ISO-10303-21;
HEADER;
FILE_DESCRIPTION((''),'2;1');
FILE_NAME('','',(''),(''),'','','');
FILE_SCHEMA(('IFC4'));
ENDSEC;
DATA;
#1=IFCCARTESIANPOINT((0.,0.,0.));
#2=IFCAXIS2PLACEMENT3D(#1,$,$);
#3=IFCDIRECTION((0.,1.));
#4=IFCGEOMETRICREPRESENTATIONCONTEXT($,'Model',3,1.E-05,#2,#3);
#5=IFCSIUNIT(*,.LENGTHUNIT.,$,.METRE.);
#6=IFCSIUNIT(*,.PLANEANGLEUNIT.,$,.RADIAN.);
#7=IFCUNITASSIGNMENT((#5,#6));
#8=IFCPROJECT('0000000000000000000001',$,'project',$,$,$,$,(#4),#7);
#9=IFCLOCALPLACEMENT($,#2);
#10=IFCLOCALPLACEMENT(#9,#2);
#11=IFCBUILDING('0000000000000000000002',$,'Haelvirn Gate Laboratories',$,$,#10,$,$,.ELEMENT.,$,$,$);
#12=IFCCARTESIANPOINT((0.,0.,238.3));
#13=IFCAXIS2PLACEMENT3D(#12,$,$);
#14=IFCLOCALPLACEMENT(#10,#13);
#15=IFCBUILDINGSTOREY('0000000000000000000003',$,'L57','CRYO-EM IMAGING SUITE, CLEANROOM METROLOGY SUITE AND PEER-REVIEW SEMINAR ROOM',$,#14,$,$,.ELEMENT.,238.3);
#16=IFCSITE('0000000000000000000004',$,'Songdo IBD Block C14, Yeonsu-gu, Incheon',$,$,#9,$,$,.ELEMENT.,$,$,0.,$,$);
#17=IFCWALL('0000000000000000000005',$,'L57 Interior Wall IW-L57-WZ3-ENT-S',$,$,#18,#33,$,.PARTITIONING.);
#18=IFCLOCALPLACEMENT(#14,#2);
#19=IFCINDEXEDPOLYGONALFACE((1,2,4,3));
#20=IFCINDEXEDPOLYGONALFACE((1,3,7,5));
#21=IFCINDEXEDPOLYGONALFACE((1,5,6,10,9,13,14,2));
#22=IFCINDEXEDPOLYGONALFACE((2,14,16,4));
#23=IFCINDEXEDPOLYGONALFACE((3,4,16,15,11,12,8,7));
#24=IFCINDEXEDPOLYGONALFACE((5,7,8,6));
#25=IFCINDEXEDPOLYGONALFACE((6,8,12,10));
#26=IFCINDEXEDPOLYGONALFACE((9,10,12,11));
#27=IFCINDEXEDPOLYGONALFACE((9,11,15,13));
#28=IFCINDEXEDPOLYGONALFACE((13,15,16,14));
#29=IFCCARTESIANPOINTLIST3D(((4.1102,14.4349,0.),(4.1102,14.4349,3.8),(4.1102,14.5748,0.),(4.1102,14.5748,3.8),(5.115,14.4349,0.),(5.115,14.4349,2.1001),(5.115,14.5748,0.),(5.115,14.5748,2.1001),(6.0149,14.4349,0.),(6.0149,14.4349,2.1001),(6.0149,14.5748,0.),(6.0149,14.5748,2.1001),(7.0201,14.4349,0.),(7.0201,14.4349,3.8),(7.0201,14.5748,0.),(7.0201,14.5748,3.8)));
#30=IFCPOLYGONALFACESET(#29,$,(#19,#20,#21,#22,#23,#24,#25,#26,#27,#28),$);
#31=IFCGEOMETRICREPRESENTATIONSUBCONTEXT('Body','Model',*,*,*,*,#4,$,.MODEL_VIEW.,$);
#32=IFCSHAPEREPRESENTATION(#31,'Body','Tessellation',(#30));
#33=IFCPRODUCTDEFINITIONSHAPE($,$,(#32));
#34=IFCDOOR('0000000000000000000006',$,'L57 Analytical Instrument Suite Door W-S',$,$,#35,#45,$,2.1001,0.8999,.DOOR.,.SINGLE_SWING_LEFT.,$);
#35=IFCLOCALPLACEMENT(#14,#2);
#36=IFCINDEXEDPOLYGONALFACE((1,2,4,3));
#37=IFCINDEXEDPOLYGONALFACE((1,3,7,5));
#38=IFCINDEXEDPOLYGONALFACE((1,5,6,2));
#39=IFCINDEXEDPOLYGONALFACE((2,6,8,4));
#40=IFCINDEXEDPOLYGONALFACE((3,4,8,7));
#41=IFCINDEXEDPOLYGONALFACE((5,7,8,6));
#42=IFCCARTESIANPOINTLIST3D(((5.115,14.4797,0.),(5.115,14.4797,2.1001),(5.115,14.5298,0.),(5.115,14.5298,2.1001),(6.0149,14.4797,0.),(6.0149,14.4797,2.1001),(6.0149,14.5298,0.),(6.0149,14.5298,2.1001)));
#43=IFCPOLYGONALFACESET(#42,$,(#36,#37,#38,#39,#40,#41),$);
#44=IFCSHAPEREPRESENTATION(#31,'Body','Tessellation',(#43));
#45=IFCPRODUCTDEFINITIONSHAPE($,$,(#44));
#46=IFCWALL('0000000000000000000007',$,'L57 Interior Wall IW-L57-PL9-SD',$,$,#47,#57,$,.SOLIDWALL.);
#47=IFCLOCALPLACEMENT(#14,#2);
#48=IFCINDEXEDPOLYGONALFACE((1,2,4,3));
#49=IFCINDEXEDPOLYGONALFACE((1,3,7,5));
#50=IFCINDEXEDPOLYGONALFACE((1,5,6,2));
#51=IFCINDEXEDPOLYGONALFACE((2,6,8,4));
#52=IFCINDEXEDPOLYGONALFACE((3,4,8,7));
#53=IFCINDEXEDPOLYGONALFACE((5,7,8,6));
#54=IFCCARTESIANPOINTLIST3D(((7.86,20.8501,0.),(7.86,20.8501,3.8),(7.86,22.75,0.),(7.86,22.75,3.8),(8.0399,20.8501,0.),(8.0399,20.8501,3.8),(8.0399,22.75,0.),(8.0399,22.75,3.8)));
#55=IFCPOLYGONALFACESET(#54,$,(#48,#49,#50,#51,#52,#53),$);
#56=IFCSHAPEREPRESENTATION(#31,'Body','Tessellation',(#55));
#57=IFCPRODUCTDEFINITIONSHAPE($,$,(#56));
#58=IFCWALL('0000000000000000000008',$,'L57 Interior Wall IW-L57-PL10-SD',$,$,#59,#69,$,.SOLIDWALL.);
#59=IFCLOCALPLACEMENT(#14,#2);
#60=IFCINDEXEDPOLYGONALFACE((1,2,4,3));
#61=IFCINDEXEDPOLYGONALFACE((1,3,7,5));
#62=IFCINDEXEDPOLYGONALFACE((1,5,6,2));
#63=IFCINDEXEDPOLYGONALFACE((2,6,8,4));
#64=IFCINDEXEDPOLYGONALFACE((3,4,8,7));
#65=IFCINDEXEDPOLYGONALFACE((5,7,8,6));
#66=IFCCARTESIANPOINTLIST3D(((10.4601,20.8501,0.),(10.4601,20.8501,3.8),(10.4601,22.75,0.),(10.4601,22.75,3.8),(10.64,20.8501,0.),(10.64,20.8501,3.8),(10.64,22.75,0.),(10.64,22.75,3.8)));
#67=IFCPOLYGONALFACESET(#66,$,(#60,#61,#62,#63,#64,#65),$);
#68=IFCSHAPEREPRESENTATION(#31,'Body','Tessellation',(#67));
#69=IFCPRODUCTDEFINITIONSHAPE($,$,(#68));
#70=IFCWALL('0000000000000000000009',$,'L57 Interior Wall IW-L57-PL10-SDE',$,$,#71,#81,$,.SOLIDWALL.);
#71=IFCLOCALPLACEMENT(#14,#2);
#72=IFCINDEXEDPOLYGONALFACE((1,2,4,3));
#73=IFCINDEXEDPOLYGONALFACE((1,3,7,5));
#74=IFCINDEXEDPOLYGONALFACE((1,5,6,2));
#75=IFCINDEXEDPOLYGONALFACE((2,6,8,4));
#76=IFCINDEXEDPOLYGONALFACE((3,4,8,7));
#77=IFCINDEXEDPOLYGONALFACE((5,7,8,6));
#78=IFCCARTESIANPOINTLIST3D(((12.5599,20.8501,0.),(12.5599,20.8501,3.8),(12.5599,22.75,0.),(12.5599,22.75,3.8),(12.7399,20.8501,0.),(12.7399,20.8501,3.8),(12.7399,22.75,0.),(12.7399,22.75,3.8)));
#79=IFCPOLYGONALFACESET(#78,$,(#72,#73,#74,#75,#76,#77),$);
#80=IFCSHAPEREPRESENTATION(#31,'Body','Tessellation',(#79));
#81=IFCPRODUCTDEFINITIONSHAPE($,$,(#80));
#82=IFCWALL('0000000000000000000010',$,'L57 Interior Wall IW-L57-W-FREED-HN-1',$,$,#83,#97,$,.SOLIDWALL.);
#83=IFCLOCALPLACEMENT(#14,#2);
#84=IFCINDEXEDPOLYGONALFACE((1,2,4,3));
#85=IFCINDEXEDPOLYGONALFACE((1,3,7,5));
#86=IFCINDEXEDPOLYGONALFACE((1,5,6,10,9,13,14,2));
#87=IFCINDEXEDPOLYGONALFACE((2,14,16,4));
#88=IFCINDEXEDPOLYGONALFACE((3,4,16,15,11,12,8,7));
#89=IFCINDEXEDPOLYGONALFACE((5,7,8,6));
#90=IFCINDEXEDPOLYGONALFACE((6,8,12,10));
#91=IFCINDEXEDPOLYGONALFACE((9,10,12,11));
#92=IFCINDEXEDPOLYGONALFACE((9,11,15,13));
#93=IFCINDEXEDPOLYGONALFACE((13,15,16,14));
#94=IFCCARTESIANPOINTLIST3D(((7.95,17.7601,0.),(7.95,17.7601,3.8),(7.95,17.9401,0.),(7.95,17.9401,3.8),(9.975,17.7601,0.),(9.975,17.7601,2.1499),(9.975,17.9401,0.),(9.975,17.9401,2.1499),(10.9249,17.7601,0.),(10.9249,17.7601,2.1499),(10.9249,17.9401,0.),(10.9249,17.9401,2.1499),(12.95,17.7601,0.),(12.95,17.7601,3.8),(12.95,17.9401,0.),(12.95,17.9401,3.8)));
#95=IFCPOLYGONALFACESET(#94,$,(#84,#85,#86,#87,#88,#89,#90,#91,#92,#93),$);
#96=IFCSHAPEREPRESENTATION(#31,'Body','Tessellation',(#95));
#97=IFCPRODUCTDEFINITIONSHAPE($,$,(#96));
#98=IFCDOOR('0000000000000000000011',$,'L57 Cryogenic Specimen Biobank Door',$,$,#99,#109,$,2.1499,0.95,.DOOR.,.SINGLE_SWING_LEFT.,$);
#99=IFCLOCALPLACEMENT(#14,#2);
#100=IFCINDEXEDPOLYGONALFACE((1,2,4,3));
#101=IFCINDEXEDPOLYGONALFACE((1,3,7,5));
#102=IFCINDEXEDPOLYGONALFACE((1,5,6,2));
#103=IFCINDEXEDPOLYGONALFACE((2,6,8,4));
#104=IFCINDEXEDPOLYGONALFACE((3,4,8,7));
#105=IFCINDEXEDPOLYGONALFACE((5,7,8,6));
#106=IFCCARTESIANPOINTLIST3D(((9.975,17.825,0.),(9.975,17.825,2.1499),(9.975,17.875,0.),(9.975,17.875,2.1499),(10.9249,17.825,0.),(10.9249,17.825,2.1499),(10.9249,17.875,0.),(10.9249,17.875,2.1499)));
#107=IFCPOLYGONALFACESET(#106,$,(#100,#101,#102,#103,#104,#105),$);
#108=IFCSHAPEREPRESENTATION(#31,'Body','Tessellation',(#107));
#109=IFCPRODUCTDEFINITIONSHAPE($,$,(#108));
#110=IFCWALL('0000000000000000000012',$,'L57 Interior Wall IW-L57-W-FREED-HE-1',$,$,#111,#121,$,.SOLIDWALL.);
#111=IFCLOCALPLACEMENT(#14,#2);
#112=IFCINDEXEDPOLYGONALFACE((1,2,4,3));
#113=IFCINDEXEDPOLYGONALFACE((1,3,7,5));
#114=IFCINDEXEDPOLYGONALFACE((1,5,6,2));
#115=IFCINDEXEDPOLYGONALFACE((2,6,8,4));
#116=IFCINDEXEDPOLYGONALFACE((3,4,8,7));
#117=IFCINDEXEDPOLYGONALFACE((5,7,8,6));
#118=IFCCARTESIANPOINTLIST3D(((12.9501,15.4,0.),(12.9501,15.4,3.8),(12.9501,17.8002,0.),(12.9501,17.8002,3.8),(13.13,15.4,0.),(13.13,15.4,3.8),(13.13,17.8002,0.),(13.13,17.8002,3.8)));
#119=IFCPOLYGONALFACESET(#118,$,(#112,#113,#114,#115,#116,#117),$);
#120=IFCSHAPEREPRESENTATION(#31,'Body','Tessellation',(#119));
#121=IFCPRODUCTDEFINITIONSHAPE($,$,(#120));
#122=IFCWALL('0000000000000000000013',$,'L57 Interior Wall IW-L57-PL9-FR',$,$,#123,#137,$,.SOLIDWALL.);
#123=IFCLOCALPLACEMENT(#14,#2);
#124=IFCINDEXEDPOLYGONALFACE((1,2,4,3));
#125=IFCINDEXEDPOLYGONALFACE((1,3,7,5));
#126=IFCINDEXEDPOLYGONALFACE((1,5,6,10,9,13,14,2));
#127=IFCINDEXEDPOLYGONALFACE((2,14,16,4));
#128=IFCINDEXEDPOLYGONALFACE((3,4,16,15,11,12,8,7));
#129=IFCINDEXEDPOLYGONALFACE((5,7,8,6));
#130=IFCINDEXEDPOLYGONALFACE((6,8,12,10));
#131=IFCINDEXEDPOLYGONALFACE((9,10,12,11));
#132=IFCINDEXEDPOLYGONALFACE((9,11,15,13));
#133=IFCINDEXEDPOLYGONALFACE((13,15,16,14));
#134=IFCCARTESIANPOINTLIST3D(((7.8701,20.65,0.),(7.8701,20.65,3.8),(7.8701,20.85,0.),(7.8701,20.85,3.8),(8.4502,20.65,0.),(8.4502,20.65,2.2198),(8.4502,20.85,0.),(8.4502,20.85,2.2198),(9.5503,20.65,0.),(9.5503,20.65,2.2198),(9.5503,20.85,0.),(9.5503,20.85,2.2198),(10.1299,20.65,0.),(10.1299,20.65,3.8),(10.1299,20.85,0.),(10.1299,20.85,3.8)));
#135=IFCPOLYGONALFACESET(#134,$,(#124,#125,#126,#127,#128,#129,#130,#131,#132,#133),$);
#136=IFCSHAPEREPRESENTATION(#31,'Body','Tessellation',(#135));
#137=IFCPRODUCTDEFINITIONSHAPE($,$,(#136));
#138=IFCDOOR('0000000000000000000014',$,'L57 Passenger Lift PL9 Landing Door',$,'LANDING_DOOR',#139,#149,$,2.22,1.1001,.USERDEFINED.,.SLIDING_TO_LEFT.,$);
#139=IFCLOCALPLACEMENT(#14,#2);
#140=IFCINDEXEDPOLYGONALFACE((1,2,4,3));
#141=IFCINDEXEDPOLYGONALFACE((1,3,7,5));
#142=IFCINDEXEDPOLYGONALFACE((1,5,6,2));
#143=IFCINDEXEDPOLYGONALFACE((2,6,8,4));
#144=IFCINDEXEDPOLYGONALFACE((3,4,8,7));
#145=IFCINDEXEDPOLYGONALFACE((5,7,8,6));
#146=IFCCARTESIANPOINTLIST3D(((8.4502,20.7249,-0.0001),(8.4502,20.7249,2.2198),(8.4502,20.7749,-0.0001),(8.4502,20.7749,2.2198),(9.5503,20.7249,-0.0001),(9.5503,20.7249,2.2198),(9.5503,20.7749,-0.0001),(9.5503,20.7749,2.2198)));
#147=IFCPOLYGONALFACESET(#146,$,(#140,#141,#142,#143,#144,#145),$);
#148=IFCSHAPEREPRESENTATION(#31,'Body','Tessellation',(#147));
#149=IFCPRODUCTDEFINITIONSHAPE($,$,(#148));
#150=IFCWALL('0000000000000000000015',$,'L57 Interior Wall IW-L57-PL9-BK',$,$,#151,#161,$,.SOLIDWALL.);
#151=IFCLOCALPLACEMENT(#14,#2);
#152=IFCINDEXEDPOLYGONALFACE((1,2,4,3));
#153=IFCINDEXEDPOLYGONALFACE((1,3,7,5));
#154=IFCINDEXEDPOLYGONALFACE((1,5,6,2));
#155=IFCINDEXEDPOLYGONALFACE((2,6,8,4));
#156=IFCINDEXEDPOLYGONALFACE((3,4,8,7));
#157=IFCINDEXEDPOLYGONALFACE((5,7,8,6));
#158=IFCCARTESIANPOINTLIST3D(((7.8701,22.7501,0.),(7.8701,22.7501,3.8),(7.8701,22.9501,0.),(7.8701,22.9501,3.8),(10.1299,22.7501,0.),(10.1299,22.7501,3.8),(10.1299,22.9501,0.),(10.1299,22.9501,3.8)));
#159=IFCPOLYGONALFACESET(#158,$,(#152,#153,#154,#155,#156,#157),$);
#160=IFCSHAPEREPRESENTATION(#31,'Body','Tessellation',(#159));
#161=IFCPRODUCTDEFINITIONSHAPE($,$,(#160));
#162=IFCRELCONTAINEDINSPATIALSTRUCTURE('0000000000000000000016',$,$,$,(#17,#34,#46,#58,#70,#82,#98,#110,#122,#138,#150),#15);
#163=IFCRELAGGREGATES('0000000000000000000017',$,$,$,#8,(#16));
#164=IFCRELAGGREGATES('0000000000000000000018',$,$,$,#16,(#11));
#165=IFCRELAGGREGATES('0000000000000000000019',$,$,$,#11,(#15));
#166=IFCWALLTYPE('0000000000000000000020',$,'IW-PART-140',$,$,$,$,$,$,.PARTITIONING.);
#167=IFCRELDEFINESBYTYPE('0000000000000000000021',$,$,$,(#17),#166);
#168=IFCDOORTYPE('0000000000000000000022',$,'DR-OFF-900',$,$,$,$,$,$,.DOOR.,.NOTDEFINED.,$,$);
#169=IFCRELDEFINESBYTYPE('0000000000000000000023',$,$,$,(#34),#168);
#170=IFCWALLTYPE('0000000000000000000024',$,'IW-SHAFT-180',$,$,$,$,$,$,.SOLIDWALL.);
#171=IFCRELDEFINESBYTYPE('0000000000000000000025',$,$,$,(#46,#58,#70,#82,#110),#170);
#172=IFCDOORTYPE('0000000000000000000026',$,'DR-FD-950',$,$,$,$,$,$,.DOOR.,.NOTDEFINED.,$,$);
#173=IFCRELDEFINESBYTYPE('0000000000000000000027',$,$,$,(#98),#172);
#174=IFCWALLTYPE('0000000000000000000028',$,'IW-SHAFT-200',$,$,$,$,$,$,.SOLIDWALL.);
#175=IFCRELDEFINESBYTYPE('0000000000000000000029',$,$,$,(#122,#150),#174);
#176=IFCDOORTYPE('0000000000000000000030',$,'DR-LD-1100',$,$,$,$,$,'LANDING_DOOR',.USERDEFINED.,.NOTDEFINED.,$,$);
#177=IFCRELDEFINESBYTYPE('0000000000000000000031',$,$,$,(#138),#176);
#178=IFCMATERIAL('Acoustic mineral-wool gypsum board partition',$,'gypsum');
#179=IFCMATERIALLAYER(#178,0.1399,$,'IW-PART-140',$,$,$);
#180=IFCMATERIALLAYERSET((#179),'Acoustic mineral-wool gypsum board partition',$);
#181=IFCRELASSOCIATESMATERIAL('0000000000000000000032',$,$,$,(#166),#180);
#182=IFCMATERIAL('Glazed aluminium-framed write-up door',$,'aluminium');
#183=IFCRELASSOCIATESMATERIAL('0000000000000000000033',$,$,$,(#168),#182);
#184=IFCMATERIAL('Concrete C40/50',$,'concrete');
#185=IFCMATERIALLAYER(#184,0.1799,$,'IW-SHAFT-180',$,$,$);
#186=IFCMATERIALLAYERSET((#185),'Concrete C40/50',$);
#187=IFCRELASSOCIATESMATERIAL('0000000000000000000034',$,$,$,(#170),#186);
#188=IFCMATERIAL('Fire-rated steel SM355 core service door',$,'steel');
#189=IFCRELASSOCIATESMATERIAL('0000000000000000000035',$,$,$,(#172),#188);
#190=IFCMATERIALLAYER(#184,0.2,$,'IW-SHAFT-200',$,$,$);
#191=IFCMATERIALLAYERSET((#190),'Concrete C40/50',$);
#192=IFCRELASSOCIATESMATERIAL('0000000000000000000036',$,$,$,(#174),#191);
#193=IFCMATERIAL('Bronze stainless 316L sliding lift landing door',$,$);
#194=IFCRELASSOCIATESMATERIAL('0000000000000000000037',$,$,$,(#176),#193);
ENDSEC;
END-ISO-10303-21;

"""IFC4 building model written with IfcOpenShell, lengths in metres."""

from ifc_helpers import new_model, si_unit, direction, frame, frame_2d, origin, place, context, subcontext, project, spatial, rectangle, extrude, source, transform, mapped, material, layer, layer_set, type_object, type_shapes, element, fill, save


model = new_model("IFC4")

# Units and contexts
model_context = context("Model", 3, precision=1e-05, world=origin(), true_north=direction((0.0, 1.0)))
body_context = subcontext(model_context, "Body", "Model", "MODEL_VIEW")
ifc_project = project(units=[si_unit("LENGTHUNIT", "METRE"), si_unit("PLANEANGLEUNIT", "RADIAN")], contexts=[model_context])

# Site, building, storey
site_placement = place(None, origin())
site = spatial("IfcSite", under=ifc_project, at=site_placement, Name="Songdo IBD Block C14, Yeonsu-gu, Incheon", CompositionType="ELEMENT", RefElevation=0.0)
building_placement = place(site_placement, origin())
building = spatial("IfcBuilding", under=site, at=building_placement, Name="Haelvirn Gate Laboratories", CompositionType="ELEMENT")
storey_placement = place(building_placement, frame((0.0, 0.0, 238.3)))
storey = spatial("IfcBuildingStorey", under=building, at=storey_placement, Name="L57", Description="CRYO-EM IMAGING SUITE, CLEANROOM METROLOGY SUITE AND PEER-REVIEW SEMINAR ROOM", CompositionType="ELEMENT", Elevation=238.3)

# Wall, opening, door
ifc_material_1 = material(Name="Acoustic mineral-wool gypsum board partition", Category="gypsum")
ifc_layer_1 = layer(ifc_material_1, 0.1399, Name="IW-PART-140")
ifc_layer_set_1 = layer_set([ifc_layer_1], Name="Acoustic mineral-wool gypsum board partition")
wall_type_1 = type_object("IfcWallType", Name="IW-PART-140", PredefinedType="PARTITIONING", material=ifc_layer_set_1)
wall_1_placement = place(storey_placement, frame((4.1101, 14.5049, 0.0), z_axis=(0.0, 0.0, 1.0), x_axis=(1.0, 0.0, 0.0)))
wall_1 = element("IfcWall", 1, at=wall_1_placement, inside=storey, type_object=wall_type_1, Name="L57 Interior Wall IW-L57-WZ3-ENT-S", PredefinedType="PARTITIONING", context=body_context, shape_type="SweptSolid", body=[
    extrude(rectangle(XDim=2.9099, YDim=0.1399, at=frame_2d((1.4551, 0.0))), origin(), (0.0, 0.0, 1.0), 3.8),
])
opening_1_placement = place(wall_1_placement, frame((1.0049, 0.0, 0.0)))
opening_1 = element("IfcOpeningElement", 2, at=opening_1_placement, cuts=wall_1, PredefinedType="OPENING", context=body_context, shape_type="SweptSolid", body=[
    extrude(rectangle(XDim=0.8999, YDim=2.1001, at=frame_2d((0.45, 1.05))), frame((0.0, 0.0801, 0.0), z_axis=(0.0, -1.0, 0.0), x_axis=(1.0, 0.0, 0.0)), (0.0, 0.0, 1.0), 0.1599),
])
ifc_material_2 = material(Name="Glazed aluminium-framed write-up door", Category="aluminium")
door_type_1 = type_object("IfcDoorType", Name="DR-OFF-900", OperationType="NOTDEFINED", PredefinedType="DOOR", material=ifc_material_2)
shared_shape_1 = source(origin(), body_context, "Body", "SweptSolid", [
    extrude(rectangle(XDim=0.8999, YDim=2.1001, at=frame_2d((0.45, 1.05))), frame((0.0, 0.0249, 0.0), z_axis=(0.0, -1.0, 0.0), x_axis=(1.0, 0.0, 0.0)), (0.0, 0.0, 1.0), 0.05),
])
type_shapes(door_type_1, [shared_shape_1])
door_1_placement = place(opening_1_placement, origin())
door_1 = element("IfcDoor", 3, at=door_1_placement, inside=storey, type_object=door_type_1, Name="L57 Analytical Instrument Suite Door W-S", OperationType="SINGLE_SWING_LEFT", OverallHeight=2.1001, OverallWidth=0.8999, PredefinedType="DOOR", context=body_context, shape_type="MappedRepresentation", body=[
    mapped(shared_shape_1, transform((0.0, 0.0, 0.0), scale=1.0)),
])
fill(opening_1, door_1)

# Walls
ifc_material_3 = material(Name="Concrete C40/50", Category="concrete")
ifc_layer_2 = layer(ifc_material_3, 0.1799, Name="IW-SHAFT-180")
ifc_layer_set_2 = layer_set([ifc_layer_2], Name="Concrete C40/50")
wall_type_2 = type_object("IfcWallType", Name="IW-SHAFT-180", PredefinedType="SOLIDWALL", material=ifc_layer_set_2)
for number, where, z_axis, x_axis, name in (
    (4, (7.95, 20.8501, 0.0), (0.0, 0.0, 1.0), (0.0, 1.0, 0.0), "L57 Interior Wall IW-L57-PL9-SD"),
    (5, (10.55, 20.8501, 0.0), (0.0, 0.0, 1.0), (0.0, 1.0, 0.0), "L57 Interior Wall IW-L57-PL10-SD"),
    (6, (12.6499, 20.8501, 0.0), (0.0, 0.0, 1.0), (0.0, 1.0, 0.0), "L57 Interior Wall IW-L57-PL10-SDE"),
):
    element("IfcWall", number, at=place(storey_placement, frame(where, z_axis=z_axis, x_axis=x_axis)), inside=storey, type_object=wall_type_2, Name=name, PredefinedType="SOLIDWALL", context=body_context, shape_type="SweptSolid", body=[
        extrude(rectangle(XDim=1.8999, YDim=0.1799, at=frame_2d((0.95, 0.0))), origin(), (0.0, 0.0, 1.0), 3.8),
    ])

# Wall, opening, door
wall_2_placement = place(storey_placement, frame((7.95, 17.8501, 0.0), z_axis=(0.0, 0.0, 1.0), x_axis=(1.0, 0.0, 0.0)))
wall_2 = element("IfcWall", 7, at=wall_2_placement, inside=storey, type_object=wall_type_2, Name="L57 Interior Wall IW-L57-W-FREED-HN-1", PredefinedType="SOLIDWALL", context=body_context, shape_type="SweptSolid", body=[
    extrude(rectangle(XDim=5.0, YDim=0.1799, at=frame_2d((2.5, 0.0))), origin(), (0.0, 0.0, 1.0), 3.8),
])
opening_2_placement = place(wall_2_placement, frame((2.0249, 0.0, 0.0)))
opening_2 = element("IfcOpeningElement", 8, at=opening_2_placement, cuts=wall_2, PredefinedType="OPENING", context=body_context, shape_type="SweptSolid", body=[
    extrude(rectangle(XDim=0.95, YDim=2.1499, at=frame_2d((0.4751, 1.075))), frame((0.0, 0.1001, 0.0), z_axis=(0.0, -1.0, 0.0), x_axis=(1.0, 0.0, 0.0)), (0.0, 0.0, 1.0), 0.2),
])
ifc_material_4 = material(Name="Fire-rated steel SM355 core service door", Category="steel")
door_type_2 = type_object("IfcDoorType", Name="DR-FD-950", OperationType="NOTDEFINED", PredefinedType="DOOR", material=ifc_material_4)
shared_shape_2 = source(origin(), body_context, "Body", "SweptSolid", [
    extrude(rectangle(XDim=0.95, YDim=2.1499, at=frame_2d((0.4751, 1.075))), frame((0.0, 0.0249, 0.0), z_axis=(0.0, -1.0, 0.0), x_axis=(1.0, 0.0, 0.0)), (0.0, 0.0, 1.0), 0.05),
])
type_shapes(door_type_2, [shared_shape_2])
door_2_placement = place(opening_2_placement, origin())
door_2 = element("IfcDoor", 9, at=door_2_placement, inside=storey, type_object=door_type_2, Name="L57 Cryogenic Specimen Biobank Door", OperationType="SINGLE_SWING_LEFT", OverallHeight=2.1499, OverallWidth=0.95, PredefinedType="DOOR", context=body_context, shape_type="MappedRepresentation", body=[
    mapped(shared_shape_2, transform((0.0, 0.0, 0.0), scale=1.0)),
])
fill(opening_2, door_2)

# Wall
wall_3_placement = place(storey_placement, frame((13.04, 15.3999, 0.0), z_axis=(0.0, 0.0, 1.0), x_axis=(0.0, 1.0, 0.0)))
element("IfcWall", 10, at=wall_3_placement, inside=storey, type_object=wall_type_2, Name="L57 Interior Wall IW-L57-W-FREED-HE-1", PredefinedType="SOLIDWALL", context=body_context, shape_type="SweptSolid", body=[
    extrude(rectangle(XDim=2.4001, YDim=0.1799, at=frame_2d((1.2002, 0.0))), origin(), (0.0, 0.0, 1.0), 3.8),
])

# Wall, opening, door
ifc_layer_3 = layer(ifc_material_3, 0.2, Name="IW-SHAFT-200")
ifc_layer_set_3 = layer_set([ifc_layer_3], Name="Concrete C40/50")
wall_type_3 = type_object("IfcWallType", Name="IW-SHAFT-200", PredefinedType="SOLIDWALL", material=ifc_layer_set_3)
wall_4_placement = place(storey_placement, frame((7.8701, 20.75, 0.0), z_axis=(0.0, 0.0, 1.0), x_axis=(1.0, 0.0, 0.0)))
wall_4 = element("IfcWall", 11, at=wall_4_placement, inside=storey, type_object=wall_type_3, Name="L57 Interior Wall IW-L57-PL9-FR", PredefinedType="SOLIDWALL", context=body_context, shape_type="SweptSolid", body=[
    extrude(rectangle(XDim=2.2598, YDim=0.2, at=frame_2d((1.1299, 0.0))), origin(), (0.0, 0.0, 1.0), 3.8),
])
opening_3_placement = place(wall_4_placement, frame((0.5801, 0.0, 0.0)))
opening_3 = element("IfcOpeningElement", 12, at=opening_3_placement, cuts=wall_4, PredefinedType="OPENING", context=body_context, shape_type="SweptSolid", body=[
    extrude(rectangle(XDim=1.1001, YDim=2.22, at=frame_2d((0.55, 1.1099))), frame((0.0, 0.1099, 0.0), z_axis=(0.0, -1.0, 0.0), x_axis=(1.0, 0.0, 0.0)), (0.0, 0.0, 1.0), 0.22),
])
ifc_material_5 = material(Name="Bronze stainless 316L sliding lift landing door")
door_type_3 = type_object("IfcDoorType", Name="DR-LD-1100", ElementType="LANDING_DOOR", OperationType="NOTDEFINED", PredefinedType="USERDEFINED", material=ifc_material_5)
shared_shape_3 = source(origin(), body_context, "Body", "SweptSolid", [
    extrude(rectangle(XDim=1.1001, YDim=2.22, at=frame_2d((0.55, 1.1099))), frame((0.0, 0.0249, 0.0), z_axis=(0.0, -1.0, 0.0), x_axis=(1.0, 0.0, 0.0)), (0.0, 0.0, 1.0), 0.05),
])
type_shapes(door_type_3, [shared_shape_3])
door_3_placement = place(opening_3_placement, origin())
door_3 = element("IfcDoor", 13, at=door_3_placement, inside=storey, type_object=door_type_3, Name="L57 Passenger Lift PL9 Landing Door", ObjectType="LANDING_DOOR", OperationType="SLIDING_TO_LEFT", OverallHeight=2.22, OverallWidth=1.1001, PredefinedType="USERDEFINED", context=body_context, shape_type="MappedRepresentation", body=[
    mapped(shared_shape_3, transform((0.0, 0.0, 0.0), scale=1.0)),
])
fill(opening_3, door_3)

# Wall
wall_5_placement = place(storey_placement, frame((7.8701, 22.8501, 0.0), z_axis=(0.0, 0.0, 1.0), x_axis=(1.0, 0.0, 0.0)))
element("IfcWall", 14, at=wall_5_placement, inside=storey, type_object=wall_type_3, Name="L57 Interior Wall IW-L57-PL9-BK", PredefinedType="SOLIDWALL", context=body_context, shape_type="SweptSolid", body=[
    extrude(rectangle(XDim=2.2598, YDim=0.2, at=frame_2d((1.1299, 0.0))), origin(), (0.0, 0.0, 1.0), 3.8),
])

save(model, "model.ifc")
